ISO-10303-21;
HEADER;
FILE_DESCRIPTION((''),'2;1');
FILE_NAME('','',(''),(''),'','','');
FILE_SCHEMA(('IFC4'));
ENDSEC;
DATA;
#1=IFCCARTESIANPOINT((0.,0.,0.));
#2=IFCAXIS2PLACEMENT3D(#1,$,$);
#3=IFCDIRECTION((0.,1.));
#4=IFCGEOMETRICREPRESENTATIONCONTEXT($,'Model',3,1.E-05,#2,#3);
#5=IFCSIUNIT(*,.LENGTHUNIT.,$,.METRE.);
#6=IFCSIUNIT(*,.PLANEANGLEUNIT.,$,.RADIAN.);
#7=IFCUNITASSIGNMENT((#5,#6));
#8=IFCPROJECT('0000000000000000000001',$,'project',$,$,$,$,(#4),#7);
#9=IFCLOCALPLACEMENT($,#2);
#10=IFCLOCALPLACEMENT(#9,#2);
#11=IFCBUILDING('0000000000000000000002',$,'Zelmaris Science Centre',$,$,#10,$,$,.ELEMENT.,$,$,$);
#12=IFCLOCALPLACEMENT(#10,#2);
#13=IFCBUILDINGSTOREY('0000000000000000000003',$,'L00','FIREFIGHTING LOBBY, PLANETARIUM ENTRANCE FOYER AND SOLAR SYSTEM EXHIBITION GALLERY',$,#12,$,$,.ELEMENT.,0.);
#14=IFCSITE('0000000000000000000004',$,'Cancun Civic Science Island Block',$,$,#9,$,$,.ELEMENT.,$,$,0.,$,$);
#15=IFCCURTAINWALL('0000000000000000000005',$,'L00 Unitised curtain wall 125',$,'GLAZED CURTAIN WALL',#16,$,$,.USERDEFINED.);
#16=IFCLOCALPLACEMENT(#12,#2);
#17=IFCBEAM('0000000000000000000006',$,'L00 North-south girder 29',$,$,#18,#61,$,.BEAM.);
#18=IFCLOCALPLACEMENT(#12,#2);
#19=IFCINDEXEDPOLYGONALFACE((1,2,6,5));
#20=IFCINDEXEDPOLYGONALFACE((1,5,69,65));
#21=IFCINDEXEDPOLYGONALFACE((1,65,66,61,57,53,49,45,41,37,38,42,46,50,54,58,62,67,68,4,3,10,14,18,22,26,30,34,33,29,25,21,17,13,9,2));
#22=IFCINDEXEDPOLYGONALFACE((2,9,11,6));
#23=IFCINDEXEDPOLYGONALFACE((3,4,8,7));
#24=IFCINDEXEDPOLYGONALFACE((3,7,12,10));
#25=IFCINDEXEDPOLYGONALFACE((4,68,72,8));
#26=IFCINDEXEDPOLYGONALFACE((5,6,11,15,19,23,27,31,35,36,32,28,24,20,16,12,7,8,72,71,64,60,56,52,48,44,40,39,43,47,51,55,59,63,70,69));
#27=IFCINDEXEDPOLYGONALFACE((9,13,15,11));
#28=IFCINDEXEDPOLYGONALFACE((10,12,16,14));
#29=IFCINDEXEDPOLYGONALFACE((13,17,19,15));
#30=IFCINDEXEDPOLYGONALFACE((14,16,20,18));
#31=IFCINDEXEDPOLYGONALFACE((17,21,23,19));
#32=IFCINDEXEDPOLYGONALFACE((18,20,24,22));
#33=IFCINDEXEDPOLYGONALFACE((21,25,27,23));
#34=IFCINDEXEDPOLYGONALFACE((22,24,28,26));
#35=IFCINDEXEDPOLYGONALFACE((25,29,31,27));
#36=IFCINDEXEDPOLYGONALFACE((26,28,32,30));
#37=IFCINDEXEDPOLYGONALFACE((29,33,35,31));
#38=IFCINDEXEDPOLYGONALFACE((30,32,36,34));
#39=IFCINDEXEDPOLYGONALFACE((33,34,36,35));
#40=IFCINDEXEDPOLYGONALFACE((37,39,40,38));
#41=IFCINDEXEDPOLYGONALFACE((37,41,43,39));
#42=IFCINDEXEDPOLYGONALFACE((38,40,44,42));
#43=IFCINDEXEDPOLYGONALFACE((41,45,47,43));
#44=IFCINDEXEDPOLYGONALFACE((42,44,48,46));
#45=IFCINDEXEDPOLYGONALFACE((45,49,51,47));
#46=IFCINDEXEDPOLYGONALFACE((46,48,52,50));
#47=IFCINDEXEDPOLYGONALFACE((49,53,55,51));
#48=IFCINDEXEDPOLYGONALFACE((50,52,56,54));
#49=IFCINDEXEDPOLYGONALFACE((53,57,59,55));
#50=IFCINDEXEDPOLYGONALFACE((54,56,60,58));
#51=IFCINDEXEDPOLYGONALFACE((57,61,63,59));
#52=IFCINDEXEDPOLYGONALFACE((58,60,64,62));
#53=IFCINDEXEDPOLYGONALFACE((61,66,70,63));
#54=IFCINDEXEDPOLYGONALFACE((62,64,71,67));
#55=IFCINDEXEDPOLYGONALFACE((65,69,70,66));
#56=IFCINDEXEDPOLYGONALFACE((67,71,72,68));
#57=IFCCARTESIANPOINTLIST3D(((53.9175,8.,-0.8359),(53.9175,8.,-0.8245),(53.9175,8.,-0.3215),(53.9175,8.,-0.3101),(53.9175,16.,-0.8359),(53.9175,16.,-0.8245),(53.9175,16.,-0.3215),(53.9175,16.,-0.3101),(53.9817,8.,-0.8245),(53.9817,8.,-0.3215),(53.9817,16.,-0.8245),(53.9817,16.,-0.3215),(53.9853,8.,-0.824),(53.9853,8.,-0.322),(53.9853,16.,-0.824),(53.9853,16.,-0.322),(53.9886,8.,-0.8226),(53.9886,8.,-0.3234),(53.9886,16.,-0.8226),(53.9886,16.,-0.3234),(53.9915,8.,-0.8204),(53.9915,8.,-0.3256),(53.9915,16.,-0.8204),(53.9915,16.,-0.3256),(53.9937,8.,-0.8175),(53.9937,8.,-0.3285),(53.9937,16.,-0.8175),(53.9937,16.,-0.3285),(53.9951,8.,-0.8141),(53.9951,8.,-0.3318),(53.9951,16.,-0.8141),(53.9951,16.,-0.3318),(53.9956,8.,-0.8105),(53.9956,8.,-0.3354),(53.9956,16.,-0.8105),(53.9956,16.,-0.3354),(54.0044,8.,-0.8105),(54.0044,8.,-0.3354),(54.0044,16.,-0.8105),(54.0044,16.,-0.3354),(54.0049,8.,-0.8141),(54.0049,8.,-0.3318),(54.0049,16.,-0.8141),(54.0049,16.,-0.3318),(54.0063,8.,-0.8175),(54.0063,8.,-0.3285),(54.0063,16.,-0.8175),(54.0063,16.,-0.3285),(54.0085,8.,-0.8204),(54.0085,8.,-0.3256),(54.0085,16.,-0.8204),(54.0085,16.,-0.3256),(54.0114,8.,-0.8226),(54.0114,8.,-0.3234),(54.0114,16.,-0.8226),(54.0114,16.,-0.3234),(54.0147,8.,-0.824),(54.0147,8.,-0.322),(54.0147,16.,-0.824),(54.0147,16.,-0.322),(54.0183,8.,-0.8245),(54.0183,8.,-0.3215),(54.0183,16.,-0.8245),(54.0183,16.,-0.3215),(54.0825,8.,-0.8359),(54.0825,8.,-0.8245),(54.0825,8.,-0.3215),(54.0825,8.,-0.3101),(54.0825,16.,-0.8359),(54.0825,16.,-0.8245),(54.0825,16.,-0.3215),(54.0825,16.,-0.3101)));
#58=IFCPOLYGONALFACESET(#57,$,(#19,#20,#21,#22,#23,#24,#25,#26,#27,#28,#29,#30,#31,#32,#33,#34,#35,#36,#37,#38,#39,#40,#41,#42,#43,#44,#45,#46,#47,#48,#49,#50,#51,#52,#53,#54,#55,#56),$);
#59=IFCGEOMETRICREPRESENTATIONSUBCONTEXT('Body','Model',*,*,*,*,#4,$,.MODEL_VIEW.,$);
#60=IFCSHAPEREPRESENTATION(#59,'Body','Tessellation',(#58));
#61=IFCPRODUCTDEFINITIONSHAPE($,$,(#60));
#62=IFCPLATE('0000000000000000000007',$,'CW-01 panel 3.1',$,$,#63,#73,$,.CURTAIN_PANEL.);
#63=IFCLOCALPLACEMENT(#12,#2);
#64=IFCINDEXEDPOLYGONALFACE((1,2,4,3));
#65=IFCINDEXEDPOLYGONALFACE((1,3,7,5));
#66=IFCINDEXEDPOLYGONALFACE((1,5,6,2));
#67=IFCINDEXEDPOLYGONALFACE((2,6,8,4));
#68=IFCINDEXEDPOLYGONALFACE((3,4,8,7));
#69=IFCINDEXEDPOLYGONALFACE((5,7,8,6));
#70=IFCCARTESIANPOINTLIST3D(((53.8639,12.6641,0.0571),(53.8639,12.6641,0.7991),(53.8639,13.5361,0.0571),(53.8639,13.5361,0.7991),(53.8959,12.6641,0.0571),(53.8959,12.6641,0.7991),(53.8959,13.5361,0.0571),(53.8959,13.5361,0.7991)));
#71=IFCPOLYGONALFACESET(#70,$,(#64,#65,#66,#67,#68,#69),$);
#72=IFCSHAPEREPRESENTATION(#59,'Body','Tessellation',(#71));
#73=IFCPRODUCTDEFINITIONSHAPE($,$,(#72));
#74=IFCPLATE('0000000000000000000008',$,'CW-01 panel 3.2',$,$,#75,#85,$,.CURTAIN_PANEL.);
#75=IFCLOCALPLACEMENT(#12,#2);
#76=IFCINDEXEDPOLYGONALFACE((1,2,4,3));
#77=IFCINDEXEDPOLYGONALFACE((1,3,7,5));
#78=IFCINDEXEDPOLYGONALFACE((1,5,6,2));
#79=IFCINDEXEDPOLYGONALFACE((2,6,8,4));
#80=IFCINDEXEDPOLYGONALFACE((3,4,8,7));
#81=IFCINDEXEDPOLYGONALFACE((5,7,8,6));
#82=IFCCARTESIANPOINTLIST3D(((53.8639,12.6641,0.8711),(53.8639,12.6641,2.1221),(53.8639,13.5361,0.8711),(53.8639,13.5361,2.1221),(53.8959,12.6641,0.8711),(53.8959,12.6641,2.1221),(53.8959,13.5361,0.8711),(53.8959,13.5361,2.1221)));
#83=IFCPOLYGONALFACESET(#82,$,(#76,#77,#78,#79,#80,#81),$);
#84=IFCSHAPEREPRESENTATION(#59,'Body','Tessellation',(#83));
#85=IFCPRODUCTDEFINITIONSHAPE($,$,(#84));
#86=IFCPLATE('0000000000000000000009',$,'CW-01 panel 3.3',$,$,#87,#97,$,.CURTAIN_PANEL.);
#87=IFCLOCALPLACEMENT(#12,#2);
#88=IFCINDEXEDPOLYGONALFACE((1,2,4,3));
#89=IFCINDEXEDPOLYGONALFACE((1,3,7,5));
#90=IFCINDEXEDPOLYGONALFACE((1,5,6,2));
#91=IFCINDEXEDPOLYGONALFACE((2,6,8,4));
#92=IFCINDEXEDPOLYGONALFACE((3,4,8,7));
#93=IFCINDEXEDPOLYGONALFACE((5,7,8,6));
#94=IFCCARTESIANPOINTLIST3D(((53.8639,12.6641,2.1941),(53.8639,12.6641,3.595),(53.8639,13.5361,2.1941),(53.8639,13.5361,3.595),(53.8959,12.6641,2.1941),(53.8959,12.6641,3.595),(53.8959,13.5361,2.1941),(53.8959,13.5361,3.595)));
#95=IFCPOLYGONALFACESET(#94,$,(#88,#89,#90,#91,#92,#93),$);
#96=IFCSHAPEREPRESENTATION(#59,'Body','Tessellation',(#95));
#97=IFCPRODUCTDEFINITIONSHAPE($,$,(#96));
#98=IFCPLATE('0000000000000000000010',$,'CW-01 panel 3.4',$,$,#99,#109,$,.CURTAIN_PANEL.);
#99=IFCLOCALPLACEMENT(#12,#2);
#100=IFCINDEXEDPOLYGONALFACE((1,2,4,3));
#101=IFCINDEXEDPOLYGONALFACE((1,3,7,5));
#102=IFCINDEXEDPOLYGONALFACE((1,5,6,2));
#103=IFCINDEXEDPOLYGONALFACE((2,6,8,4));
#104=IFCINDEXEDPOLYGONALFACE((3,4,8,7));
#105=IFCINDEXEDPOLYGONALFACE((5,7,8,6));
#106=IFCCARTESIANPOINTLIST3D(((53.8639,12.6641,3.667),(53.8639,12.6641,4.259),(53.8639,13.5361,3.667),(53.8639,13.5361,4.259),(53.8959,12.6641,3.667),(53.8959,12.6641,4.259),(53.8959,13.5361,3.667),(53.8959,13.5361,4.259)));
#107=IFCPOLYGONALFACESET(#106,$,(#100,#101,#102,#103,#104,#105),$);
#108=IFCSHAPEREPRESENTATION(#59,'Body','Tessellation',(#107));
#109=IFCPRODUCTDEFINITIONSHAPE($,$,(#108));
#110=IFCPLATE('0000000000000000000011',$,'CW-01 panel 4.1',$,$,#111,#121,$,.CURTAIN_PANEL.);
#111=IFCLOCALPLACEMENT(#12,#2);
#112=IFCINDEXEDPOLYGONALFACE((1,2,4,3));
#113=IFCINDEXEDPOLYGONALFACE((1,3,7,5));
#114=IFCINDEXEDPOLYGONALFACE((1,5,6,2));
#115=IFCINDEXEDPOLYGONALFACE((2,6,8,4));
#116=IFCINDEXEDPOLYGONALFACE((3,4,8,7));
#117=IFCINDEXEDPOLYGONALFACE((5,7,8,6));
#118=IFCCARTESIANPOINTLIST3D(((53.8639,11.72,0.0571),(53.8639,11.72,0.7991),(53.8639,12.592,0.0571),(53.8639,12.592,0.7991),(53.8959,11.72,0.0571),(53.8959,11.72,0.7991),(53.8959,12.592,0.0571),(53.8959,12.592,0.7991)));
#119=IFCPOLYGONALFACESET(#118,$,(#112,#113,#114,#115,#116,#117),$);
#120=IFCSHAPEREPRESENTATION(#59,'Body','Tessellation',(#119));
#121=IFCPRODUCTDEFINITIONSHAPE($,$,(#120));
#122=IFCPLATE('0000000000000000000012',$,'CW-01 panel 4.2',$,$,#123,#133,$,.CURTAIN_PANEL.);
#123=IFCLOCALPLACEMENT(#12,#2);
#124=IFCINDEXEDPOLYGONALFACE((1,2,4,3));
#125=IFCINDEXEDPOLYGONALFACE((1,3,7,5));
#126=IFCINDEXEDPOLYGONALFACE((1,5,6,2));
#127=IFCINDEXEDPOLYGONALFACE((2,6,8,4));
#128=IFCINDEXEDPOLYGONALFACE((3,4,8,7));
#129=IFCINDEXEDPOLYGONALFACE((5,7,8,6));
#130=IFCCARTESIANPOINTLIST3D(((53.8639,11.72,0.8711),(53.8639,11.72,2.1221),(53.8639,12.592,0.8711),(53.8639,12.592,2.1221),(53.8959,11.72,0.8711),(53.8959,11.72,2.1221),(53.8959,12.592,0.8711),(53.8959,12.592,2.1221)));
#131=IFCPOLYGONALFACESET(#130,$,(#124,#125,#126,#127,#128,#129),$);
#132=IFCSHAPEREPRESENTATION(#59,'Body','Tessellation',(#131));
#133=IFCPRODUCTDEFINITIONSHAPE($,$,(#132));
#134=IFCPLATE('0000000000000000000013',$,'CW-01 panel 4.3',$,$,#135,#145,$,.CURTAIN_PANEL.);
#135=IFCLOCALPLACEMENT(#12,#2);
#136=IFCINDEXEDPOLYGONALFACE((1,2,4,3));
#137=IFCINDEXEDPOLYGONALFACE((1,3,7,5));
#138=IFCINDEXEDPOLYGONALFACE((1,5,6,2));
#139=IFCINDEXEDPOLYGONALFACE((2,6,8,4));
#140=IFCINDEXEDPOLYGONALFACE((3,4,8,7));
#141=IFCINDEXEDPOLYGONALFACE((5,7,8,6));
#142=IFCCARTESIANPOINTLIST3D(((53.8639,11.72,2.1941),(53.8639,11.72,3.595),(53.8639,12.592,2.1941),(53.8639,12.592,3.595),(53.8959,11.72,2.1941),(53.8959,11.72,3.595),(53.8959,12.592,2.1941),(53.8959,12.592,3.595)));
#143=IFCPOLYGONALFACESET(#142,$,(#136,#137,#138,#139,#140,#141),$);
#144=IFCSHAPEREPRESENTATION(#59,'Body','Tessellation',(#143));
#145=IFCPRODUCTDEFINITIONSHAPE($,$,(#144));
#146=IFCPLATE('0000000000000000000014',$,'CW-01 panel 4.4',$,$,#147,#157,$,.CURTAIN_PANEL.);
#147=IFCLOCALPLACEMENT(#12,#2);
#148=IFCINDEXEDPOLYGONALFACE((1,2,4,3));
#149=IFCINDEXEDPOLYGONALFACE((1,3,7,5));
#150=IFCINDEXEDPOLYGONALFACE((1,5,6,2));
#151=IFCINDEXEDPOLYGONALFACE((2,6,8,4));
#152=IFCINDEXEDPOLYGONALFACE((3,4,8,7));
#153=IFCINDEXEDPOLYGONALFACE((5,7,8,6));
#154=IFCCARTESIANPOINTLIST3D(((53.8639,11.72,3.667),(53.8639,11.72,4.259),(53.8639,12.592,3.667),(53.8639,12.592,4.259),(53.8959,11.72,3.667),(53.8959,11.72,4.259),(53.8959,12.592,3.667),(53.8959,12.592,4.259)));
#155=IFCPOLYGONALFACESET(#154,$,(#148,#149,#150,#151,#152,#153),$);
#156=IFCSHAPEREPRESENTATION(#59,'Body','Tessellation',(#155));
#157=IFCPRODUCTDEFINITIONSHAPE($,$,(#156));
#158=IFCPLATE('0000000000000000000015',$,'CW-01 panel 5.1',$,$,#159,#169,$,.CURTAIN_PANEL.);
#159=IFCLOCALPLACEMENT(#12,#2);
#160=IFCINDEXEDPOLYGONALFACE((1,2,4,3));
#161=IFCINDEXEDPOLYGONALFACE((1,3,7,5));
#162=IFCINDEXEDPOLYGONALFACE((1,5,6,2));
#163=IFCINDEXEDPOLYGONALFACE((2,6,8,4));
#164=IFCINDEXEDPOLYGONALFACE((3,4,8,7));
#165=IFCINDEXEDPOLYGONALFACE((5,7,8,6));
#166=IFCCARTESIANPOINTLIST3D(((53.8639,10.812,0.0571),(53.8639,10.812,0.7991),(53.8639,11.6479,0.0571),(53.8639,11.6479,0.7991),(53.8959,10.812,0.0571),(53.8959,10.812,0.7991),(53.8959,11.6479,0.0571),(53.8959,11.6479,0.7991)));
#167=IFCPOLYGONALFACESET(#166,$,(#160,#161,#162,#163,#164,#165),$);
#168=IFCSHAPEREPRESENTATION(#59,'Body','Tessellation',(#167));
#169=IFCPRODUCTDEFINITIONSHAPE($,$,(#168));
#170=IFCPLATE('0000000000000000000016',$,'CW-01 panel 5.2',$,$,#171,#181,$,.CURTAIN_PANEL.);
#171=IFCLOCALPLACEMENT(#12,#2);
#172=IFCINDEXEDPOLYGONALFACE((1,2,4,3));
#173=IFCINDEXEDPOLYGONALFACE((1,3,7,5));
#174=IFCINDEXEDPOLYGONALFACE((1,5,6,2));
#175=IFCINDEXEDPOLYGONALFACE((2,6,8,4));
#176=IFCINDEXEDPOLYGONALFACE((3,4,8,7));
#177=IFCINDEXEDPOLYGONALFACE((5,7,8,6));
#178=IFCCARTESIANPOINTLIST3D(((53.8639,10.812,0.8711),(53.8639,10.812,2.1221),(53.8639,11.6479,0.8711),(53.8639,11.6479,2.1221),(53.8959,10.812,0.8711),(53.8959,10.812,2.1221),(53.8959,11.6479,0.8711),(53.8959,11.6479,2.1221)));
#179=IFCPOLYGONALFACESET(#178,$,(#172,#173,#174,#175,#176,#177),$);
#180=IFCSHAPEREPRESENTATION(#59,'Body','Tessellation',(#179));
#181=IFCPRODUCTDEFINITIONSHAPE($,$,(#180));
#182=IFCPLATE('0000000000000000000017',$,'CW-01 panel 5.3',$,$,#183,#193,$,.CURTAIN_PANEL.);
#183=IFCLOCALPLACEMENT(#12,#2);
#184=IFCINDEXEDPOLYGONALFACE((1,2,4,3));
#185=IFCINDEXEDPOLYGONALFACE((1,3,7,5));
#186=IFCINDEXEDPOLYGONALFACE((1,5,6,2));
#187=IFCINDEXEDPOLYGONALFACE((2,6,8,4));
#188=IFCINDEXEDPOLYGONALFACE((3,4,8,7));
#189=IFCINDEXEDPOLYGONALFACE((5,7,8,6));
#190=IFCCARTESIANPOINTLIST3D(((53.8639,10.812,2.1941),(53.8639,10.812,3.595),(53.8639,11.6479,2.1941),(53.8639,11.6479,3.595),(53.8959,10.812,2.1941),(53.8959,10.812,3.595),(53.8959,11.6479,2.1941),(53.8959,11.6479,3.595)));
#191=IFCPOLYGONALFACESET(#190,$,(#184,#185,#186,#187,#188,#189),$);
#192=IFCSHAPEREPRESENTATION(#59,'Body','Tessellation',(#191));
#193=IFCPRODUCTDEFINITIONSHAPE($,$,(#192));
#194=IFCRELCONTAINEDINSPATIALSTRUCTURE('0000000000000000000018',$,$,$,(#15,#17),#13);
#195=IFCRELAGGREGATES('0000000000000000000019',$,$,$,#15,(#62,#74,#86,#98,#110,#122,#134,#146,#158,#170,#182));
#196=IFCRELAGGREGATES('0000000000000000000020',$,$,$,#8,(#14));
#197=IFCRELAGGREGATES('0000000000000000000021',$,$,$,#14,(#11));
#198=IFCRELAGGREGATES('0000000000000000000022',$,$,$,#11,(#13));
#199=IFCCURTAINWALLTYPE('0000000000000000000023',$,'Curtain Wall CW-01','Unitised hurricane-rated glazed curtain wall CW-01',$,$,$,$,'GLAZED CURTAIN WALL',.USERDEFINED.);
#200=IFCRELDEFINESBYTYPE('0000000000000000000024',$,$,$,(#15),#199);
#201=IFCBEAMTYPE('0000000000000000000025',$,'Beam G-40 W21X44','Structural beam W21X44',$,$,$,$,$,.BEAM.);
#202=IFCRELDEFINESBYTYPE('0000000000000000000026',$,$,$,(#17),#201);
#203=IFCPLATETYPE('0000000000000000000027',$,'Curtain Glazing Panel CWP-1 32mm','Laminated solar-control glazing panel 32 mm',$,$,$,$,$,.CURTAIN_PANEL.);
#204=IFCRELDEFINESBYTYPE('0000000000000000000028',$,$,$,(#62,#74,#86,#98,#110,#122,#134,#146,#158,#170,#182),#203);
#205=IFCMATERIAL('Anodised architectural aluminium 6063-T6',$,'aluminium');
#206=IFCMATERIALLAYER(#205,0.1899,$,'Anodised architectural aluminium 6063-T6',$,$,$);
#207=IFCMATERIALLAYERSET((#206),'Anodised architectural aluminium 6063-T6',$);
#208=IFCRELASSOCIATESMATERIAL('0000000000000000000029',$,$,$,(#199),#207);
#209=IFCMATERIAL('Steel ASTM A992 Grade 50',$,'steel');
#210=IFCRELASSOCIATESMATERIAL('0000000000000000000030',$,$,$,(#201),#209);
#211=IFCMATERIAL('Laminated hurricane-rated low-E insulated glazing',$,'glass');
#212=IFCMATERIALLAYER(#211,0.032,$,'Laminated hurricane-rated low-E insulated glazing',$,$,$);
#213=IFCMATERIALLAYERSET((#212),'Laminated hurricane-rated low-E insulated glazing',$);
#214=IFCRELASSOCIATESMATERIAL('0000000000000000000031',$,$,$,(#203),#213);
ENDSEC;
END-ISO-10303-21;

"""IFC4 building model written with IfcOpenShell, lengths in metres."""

from ifc_helpers import new_model, si_unit, direction, frame, origin, origin_2d, place, context, subcontext, project, spatial, rectangle, i_section, extrude, material, layer, layer_set, material_profile, profile_set, type_object, element, aggregate, save


model = new_model("IFC4")

# Units and contexts
model_context = context("Model", 3, precision=1e-05, world=origin(), true_north=direction((0.0, 1.0)))
body_context = subcontext(model_context, "Body", "Model", "MODEL_VIEW")
ifc_project = project(units=[si_unit("LENGTHUNIT", "METRE"), si_unit("PLANEANGLEUNIT", "RADIAN")], contexts=[model_context])

# Site, building, storey
site_placement = place(None, origin())
site = spatial("IfcSite", under=ifc_project, at=site_placement, Name="Cancun Civic Science Island Block", CompositionType="ELEMENT", RefElevation=0.0)
building_placement = place(site_placement, origin())
building = spatial("IfcBuilding", under=site, at=building_placement, Name="Zelmaris Science Centre", CompositionType="ELEMENT")
storey_placement = place(building_placement, origin())
storey = spatial("IfcBuildingStorey", under=building, at=storey_placement, Name="L00", Description="FIREFIGHTING LOBBY, PLANETARIUM ENTRANCE FOYER AND SOLAR SYSTEM EXHIBITION GALLERY", CompositionType="ELEMENT", Elevation=0.0)

# Shared definitions
ifc_material_1 = material(Name="Steel ASTM A992 Grade 50", Category="steel")

# Curtain wall
ifc_material_2 = material(Name="Anodised architectural aluminium 6063-T6", Category="aluminium")
ifc_layer_1 = layer(ifc_material_2, 0.1899, Name="Anodised architectural aluminium 6063-T6")
ifc_layer_set_1 = layer_set([ifc_layer_1], Name="Anodised architectural aluminium 6063-T6")
curtain_wall_type = type_object("IfcCurtainWallType", Name="Curtain Wall CW-01", Description="Unitised hurricane-rated glazed curtain wall CW-01", ElementType="GLAZED CURTAIN WALL", PredefinedType="USERDEFINED", material=ifc_layer_set_1)
curtain_wall_placement = place(storey_placement, origin())
curtain_wall = element("IfcCurtainWall", 1, at=curtain_wall_placement, inside=storey, type_object=curtain_wall_type, Name="L00 Unitised curtain wall 125", ObjectType="GLAZED CURTAIN WALL", PredefinedType="USERDEFINED")

# Beam
ifc_material_profile_1 = material_profile(ifc_material_1, i_section(OverallWidth=0.165, OverallDepth=0.5259, WebThickness=0.0088, FlangeThickness=0.0115, FilletRadius=0.0139, at=origin_2d()), Name="W21X44")
ifc_profile_set_1 = profile_set([ifc_material_profile_1], Name="Steel ASTM A992 Grade 50")
beam_type = type_object("IfcBeamType", Name="Beam G-40 W21X44", Description="Structural beam W21X44", PredefinedType="BEAM", material=ifc_profile_set_1)
beam_placement = place(storey_placement, frame((54.0, 8.0, -0.573), z_axis=(0.0, 1.0, 0.0), x_axis=(-1.0, 0.0, 0.0)))
element("IfcBeam", 2, at=beam_placement, inside=storey, type_object=beam_type, Name="L00 North-south girder 29", PredefinedType="BEAM", context=body_context, shape_type="SweptSolid", body=[
    extrude(i_section(OverallWidth=0.165, OverallDepth=0.5259, WebThickness=0.0088, FlangeThickness=0.0115, FilletRadius=0.0139, at=origin_2d()), origin(), (0.0, 0.0, 1.0), 8.0),
])

# Plates
ifc_material_3 = material(Name="Laminated hurricane-rated low-E insulated glazing", Category="glass")
ifc_layer_2 = layer(ifc_material_3, 0.032, Name="Laminated hurricane-rated low-E insulated glazing")
ifc_layer_set_2 = layer_set([ifc_layer_2], Name="Laminated hurricane-rated low-E insulated glazing")
plate_type = type_object("IfcPlateType", Name="Curtain Glazing Panel CWP-1 32mm", Description="Laminated solar-control glazing panel 32 mm", PredefinedType="CURTAIN_PANEL", material=ifc_layer_set_2)
plate_1_placement = place(storey_placement, frame((53.8799, 13.1001, 0.0571), z_axis=(0.0, 0.0, 1.0), x_axis=(-0.000021, -1.0, 0.0)))
plate_1 = element("IfcPlate", 3, at=plate_1_placement, type_object=plate_type, Name="CW-01 panel 3.1", PredefinedType="CURTAIN_PANEL", context=body_context, shape_type="SweptSolid", body=[
    extrude(rectangle(XDim=0.8721, YDim=0.032, at=origin_2d()), origin(), (0.0, 0.0, 1.0), 0.7419),
])
plate_2_placement = place(storey_placement, frame((53.8799, 13.1001, 0.8711), z_axis=(0.0, 0.0, 1.0), x_axis=(-0.000021, -1.0, 0.0)))
plate_2 = element("IfcPlate", 4, at=plate_2_placement, type_object=plate_type, Name="CW-01 panel 3.2", PredefinedType="CURTAIN_PANEL", context=body_context, shape_type="SweptSolid", body=[
    extrude(rectangle(XDim=0.8721, YDim=0.032, at=origin_2d()), origin(), (0.0, 0.0, 1.0), 1.251),
])
plate_3_placement = place(storey_placement, frame((53.8799, 13.1001, 2.1941), z_axis=(0.0, 0.0, 1.0), x_axis=(-0.000021, -1.0, 0.0)))
plate_3 = element("IfcPlate", 5, at=plate_3_placement, type_object=plate_type, Name="CW-01 panel 3.3", PredefinedType="CURTAIN_PANEL", context=body_context, shape_type="SweptSolid", body=[
    extrude(rectangle(XDim=0.8721, YDim=0.032, at=origin_2d()), origin(), (0.0, 0.0, 1.0), 1.4009),
])
plate_4_placement = place(storey_placement, frame((53.8799, 13.1001, 3.667), z_axis=(0.0, 0.0, 1.0), x_axis=(-0.000021, -1.0, 0.0)))
plate_4 = element("IfcPlate", 6, at=plate_4_placement, type_object=plate_type, Name="CW-01 panel 3.4", PredefinedType="CURTAIN_PANEL", context=body_context, shape_type="SweptSolid", body=[
    extrude(rectangle(XDim=0.8721, YDim=0.032, at=origin_2d()), origin(), (0.0, 0.0, 1.0), 0.592),
])
plate_5_placement = place(storey_placement, frame((53.8799, 12.156, 0.0571), z_axis=(0.0, 0.0, 1.0), x_axis=(-0.000021, -1.0, 0.0)))
plate_5 = element("IfcPlate", 7, at=plate_5_placement, type_object=plate_type, Name="CW-01 panel 4.1", PredefinedType="CURTAIN_PANEL", context=body_context, shape_type="SweptSolid", body=[
    extrude(rectangle(XDim=0.8721, YDim=0.032, at=origin_2d()), origin(), (0.0, 0.0, 1.0), 0.7419),
])
plate_6_placement = place(storey_placement, frame((53.8799, 12.156, 0.8711), z_axis=(0.0, 0.0, 1.0), x_axis=(-0.000021, -1.0, 0.0)))
plate_6 = element("IfcPlate", 8, at=plate_6_placement, type_object=plate_type, Name="CW-01 panel 4.2", PredefinedType="CURTAIN_PANEL", context=body_context, shape_type="SweptSolid", body=[
    extrude(rectangle(XDim=0.8721, YDim=0.032, at=origin_2d()), origin(), (0.0, 0.0, 1.0), 1.251),
])
plate_7_placement = place(storey_placement, frame((53.8799, 12.156, 2.1941), z_axis=(0.0, 0.0, 1.0), x_axis=(-0.000021, -1.0, 0.0)))
plate_7 = element("IfcPlate", 9, at=plate_7_placement, type_object=plate_type, Name="CW-01 panel 4.3", PredefinedType="CURTAIN_PANEL", context=body_context, shape_type="SweptSolid", body=[
    extrude(rectangle(XDim=0.8721, YDim=0.032, at=origin_2d()), origin(), (0.0, 0.0, 1.0), 1.4009),
])
plate_8_placement = place(storey_placement, frame((53.8799, 12.156, 3.667), z_axis=(0.0, 0.0, 1.0), x_axis=(-0.000021, -1.0, 0.0)))
plate_8 = element("IfcPlate", 10, at=plate_8_placement, type_object=plate_type, Name="CW-01 panel 4.4", PredefinedType="CURTAIN_PANEL", context=body_context, shape_type="SweptSolid", body=[
    extrude(rectangle(XDim=0.8721, YDim=0.032, at=origin_2d()), origin(), (0.0, 0.0, 1.0), 0.592),
])
plate_9_placement = place(storey_placement, frame((53.8799, 11.23, 0.0571), z_axis=(0.0, 0.0, 1.0), x_axis=(-0.000021, -1.0, 0.0)))
plate_9 = element("IfcPlate", 11, at=plate_9_placement, type_object=plate_type, Name="CW-01 panel 5.1", PredefinedType="CURTAIN_PANEL", context=body_context, shape_type="SweptSolid", body=[
    extrude(rectangle(XDim=0.8359, YDim=0.032, at=origin_2d()), origin(), (0.0, 0.0, 1.0), 0.7419),
])
plate_10_placement = place(storey_placement, frame((53.8799, 11.23, 0.8711), z_axis=(0.0, 0.0, 1.0), x_axis=(-0.000021, -1.0, 0.0)))
plate_10 = element("IfcPlate", 12, at=plate_10_placement, type_object=plate_type, Name="CW-01 panel 5.2", PredefinedType="CURTAIN_PANEL", context=body_context, shape_type="SweptSolid", body=[
    extrude(rectangle(XDim=0.8359, YDim=0.032, at=origin_2d()), origin(), (0.0, 0.0, 1.0), 1.251),
])
plate_11_placement = place(storey_placement, frame((53.8799, 11.23, 2.1941), z_axis=(0.0, 0.0, 1.0), x_axis=(-0.000021, -1.0, 0.0)))
plate_11 = element("IfcPlate", 13, at=plate_11_placement, type_object=plate_type, Name="CW-01 panel 5.3", PredefinedType="CURTAIN_PANEL", context=body_context, shape_type="SweptSolid", body=[
    extrude(rectangle(XDim=0.8359, YDim=0.032, at=origin_2d()), origin(), (0.0, 0.0, 1.0), 1.4009),
])
aggregate(curtain_wall, [plate_1, plate_2, plate_3, plate_4, plate_5, plate_6, plate_7, plate_8, plate_9, plate_10, plate_11])

save(model, "model.ifc")
